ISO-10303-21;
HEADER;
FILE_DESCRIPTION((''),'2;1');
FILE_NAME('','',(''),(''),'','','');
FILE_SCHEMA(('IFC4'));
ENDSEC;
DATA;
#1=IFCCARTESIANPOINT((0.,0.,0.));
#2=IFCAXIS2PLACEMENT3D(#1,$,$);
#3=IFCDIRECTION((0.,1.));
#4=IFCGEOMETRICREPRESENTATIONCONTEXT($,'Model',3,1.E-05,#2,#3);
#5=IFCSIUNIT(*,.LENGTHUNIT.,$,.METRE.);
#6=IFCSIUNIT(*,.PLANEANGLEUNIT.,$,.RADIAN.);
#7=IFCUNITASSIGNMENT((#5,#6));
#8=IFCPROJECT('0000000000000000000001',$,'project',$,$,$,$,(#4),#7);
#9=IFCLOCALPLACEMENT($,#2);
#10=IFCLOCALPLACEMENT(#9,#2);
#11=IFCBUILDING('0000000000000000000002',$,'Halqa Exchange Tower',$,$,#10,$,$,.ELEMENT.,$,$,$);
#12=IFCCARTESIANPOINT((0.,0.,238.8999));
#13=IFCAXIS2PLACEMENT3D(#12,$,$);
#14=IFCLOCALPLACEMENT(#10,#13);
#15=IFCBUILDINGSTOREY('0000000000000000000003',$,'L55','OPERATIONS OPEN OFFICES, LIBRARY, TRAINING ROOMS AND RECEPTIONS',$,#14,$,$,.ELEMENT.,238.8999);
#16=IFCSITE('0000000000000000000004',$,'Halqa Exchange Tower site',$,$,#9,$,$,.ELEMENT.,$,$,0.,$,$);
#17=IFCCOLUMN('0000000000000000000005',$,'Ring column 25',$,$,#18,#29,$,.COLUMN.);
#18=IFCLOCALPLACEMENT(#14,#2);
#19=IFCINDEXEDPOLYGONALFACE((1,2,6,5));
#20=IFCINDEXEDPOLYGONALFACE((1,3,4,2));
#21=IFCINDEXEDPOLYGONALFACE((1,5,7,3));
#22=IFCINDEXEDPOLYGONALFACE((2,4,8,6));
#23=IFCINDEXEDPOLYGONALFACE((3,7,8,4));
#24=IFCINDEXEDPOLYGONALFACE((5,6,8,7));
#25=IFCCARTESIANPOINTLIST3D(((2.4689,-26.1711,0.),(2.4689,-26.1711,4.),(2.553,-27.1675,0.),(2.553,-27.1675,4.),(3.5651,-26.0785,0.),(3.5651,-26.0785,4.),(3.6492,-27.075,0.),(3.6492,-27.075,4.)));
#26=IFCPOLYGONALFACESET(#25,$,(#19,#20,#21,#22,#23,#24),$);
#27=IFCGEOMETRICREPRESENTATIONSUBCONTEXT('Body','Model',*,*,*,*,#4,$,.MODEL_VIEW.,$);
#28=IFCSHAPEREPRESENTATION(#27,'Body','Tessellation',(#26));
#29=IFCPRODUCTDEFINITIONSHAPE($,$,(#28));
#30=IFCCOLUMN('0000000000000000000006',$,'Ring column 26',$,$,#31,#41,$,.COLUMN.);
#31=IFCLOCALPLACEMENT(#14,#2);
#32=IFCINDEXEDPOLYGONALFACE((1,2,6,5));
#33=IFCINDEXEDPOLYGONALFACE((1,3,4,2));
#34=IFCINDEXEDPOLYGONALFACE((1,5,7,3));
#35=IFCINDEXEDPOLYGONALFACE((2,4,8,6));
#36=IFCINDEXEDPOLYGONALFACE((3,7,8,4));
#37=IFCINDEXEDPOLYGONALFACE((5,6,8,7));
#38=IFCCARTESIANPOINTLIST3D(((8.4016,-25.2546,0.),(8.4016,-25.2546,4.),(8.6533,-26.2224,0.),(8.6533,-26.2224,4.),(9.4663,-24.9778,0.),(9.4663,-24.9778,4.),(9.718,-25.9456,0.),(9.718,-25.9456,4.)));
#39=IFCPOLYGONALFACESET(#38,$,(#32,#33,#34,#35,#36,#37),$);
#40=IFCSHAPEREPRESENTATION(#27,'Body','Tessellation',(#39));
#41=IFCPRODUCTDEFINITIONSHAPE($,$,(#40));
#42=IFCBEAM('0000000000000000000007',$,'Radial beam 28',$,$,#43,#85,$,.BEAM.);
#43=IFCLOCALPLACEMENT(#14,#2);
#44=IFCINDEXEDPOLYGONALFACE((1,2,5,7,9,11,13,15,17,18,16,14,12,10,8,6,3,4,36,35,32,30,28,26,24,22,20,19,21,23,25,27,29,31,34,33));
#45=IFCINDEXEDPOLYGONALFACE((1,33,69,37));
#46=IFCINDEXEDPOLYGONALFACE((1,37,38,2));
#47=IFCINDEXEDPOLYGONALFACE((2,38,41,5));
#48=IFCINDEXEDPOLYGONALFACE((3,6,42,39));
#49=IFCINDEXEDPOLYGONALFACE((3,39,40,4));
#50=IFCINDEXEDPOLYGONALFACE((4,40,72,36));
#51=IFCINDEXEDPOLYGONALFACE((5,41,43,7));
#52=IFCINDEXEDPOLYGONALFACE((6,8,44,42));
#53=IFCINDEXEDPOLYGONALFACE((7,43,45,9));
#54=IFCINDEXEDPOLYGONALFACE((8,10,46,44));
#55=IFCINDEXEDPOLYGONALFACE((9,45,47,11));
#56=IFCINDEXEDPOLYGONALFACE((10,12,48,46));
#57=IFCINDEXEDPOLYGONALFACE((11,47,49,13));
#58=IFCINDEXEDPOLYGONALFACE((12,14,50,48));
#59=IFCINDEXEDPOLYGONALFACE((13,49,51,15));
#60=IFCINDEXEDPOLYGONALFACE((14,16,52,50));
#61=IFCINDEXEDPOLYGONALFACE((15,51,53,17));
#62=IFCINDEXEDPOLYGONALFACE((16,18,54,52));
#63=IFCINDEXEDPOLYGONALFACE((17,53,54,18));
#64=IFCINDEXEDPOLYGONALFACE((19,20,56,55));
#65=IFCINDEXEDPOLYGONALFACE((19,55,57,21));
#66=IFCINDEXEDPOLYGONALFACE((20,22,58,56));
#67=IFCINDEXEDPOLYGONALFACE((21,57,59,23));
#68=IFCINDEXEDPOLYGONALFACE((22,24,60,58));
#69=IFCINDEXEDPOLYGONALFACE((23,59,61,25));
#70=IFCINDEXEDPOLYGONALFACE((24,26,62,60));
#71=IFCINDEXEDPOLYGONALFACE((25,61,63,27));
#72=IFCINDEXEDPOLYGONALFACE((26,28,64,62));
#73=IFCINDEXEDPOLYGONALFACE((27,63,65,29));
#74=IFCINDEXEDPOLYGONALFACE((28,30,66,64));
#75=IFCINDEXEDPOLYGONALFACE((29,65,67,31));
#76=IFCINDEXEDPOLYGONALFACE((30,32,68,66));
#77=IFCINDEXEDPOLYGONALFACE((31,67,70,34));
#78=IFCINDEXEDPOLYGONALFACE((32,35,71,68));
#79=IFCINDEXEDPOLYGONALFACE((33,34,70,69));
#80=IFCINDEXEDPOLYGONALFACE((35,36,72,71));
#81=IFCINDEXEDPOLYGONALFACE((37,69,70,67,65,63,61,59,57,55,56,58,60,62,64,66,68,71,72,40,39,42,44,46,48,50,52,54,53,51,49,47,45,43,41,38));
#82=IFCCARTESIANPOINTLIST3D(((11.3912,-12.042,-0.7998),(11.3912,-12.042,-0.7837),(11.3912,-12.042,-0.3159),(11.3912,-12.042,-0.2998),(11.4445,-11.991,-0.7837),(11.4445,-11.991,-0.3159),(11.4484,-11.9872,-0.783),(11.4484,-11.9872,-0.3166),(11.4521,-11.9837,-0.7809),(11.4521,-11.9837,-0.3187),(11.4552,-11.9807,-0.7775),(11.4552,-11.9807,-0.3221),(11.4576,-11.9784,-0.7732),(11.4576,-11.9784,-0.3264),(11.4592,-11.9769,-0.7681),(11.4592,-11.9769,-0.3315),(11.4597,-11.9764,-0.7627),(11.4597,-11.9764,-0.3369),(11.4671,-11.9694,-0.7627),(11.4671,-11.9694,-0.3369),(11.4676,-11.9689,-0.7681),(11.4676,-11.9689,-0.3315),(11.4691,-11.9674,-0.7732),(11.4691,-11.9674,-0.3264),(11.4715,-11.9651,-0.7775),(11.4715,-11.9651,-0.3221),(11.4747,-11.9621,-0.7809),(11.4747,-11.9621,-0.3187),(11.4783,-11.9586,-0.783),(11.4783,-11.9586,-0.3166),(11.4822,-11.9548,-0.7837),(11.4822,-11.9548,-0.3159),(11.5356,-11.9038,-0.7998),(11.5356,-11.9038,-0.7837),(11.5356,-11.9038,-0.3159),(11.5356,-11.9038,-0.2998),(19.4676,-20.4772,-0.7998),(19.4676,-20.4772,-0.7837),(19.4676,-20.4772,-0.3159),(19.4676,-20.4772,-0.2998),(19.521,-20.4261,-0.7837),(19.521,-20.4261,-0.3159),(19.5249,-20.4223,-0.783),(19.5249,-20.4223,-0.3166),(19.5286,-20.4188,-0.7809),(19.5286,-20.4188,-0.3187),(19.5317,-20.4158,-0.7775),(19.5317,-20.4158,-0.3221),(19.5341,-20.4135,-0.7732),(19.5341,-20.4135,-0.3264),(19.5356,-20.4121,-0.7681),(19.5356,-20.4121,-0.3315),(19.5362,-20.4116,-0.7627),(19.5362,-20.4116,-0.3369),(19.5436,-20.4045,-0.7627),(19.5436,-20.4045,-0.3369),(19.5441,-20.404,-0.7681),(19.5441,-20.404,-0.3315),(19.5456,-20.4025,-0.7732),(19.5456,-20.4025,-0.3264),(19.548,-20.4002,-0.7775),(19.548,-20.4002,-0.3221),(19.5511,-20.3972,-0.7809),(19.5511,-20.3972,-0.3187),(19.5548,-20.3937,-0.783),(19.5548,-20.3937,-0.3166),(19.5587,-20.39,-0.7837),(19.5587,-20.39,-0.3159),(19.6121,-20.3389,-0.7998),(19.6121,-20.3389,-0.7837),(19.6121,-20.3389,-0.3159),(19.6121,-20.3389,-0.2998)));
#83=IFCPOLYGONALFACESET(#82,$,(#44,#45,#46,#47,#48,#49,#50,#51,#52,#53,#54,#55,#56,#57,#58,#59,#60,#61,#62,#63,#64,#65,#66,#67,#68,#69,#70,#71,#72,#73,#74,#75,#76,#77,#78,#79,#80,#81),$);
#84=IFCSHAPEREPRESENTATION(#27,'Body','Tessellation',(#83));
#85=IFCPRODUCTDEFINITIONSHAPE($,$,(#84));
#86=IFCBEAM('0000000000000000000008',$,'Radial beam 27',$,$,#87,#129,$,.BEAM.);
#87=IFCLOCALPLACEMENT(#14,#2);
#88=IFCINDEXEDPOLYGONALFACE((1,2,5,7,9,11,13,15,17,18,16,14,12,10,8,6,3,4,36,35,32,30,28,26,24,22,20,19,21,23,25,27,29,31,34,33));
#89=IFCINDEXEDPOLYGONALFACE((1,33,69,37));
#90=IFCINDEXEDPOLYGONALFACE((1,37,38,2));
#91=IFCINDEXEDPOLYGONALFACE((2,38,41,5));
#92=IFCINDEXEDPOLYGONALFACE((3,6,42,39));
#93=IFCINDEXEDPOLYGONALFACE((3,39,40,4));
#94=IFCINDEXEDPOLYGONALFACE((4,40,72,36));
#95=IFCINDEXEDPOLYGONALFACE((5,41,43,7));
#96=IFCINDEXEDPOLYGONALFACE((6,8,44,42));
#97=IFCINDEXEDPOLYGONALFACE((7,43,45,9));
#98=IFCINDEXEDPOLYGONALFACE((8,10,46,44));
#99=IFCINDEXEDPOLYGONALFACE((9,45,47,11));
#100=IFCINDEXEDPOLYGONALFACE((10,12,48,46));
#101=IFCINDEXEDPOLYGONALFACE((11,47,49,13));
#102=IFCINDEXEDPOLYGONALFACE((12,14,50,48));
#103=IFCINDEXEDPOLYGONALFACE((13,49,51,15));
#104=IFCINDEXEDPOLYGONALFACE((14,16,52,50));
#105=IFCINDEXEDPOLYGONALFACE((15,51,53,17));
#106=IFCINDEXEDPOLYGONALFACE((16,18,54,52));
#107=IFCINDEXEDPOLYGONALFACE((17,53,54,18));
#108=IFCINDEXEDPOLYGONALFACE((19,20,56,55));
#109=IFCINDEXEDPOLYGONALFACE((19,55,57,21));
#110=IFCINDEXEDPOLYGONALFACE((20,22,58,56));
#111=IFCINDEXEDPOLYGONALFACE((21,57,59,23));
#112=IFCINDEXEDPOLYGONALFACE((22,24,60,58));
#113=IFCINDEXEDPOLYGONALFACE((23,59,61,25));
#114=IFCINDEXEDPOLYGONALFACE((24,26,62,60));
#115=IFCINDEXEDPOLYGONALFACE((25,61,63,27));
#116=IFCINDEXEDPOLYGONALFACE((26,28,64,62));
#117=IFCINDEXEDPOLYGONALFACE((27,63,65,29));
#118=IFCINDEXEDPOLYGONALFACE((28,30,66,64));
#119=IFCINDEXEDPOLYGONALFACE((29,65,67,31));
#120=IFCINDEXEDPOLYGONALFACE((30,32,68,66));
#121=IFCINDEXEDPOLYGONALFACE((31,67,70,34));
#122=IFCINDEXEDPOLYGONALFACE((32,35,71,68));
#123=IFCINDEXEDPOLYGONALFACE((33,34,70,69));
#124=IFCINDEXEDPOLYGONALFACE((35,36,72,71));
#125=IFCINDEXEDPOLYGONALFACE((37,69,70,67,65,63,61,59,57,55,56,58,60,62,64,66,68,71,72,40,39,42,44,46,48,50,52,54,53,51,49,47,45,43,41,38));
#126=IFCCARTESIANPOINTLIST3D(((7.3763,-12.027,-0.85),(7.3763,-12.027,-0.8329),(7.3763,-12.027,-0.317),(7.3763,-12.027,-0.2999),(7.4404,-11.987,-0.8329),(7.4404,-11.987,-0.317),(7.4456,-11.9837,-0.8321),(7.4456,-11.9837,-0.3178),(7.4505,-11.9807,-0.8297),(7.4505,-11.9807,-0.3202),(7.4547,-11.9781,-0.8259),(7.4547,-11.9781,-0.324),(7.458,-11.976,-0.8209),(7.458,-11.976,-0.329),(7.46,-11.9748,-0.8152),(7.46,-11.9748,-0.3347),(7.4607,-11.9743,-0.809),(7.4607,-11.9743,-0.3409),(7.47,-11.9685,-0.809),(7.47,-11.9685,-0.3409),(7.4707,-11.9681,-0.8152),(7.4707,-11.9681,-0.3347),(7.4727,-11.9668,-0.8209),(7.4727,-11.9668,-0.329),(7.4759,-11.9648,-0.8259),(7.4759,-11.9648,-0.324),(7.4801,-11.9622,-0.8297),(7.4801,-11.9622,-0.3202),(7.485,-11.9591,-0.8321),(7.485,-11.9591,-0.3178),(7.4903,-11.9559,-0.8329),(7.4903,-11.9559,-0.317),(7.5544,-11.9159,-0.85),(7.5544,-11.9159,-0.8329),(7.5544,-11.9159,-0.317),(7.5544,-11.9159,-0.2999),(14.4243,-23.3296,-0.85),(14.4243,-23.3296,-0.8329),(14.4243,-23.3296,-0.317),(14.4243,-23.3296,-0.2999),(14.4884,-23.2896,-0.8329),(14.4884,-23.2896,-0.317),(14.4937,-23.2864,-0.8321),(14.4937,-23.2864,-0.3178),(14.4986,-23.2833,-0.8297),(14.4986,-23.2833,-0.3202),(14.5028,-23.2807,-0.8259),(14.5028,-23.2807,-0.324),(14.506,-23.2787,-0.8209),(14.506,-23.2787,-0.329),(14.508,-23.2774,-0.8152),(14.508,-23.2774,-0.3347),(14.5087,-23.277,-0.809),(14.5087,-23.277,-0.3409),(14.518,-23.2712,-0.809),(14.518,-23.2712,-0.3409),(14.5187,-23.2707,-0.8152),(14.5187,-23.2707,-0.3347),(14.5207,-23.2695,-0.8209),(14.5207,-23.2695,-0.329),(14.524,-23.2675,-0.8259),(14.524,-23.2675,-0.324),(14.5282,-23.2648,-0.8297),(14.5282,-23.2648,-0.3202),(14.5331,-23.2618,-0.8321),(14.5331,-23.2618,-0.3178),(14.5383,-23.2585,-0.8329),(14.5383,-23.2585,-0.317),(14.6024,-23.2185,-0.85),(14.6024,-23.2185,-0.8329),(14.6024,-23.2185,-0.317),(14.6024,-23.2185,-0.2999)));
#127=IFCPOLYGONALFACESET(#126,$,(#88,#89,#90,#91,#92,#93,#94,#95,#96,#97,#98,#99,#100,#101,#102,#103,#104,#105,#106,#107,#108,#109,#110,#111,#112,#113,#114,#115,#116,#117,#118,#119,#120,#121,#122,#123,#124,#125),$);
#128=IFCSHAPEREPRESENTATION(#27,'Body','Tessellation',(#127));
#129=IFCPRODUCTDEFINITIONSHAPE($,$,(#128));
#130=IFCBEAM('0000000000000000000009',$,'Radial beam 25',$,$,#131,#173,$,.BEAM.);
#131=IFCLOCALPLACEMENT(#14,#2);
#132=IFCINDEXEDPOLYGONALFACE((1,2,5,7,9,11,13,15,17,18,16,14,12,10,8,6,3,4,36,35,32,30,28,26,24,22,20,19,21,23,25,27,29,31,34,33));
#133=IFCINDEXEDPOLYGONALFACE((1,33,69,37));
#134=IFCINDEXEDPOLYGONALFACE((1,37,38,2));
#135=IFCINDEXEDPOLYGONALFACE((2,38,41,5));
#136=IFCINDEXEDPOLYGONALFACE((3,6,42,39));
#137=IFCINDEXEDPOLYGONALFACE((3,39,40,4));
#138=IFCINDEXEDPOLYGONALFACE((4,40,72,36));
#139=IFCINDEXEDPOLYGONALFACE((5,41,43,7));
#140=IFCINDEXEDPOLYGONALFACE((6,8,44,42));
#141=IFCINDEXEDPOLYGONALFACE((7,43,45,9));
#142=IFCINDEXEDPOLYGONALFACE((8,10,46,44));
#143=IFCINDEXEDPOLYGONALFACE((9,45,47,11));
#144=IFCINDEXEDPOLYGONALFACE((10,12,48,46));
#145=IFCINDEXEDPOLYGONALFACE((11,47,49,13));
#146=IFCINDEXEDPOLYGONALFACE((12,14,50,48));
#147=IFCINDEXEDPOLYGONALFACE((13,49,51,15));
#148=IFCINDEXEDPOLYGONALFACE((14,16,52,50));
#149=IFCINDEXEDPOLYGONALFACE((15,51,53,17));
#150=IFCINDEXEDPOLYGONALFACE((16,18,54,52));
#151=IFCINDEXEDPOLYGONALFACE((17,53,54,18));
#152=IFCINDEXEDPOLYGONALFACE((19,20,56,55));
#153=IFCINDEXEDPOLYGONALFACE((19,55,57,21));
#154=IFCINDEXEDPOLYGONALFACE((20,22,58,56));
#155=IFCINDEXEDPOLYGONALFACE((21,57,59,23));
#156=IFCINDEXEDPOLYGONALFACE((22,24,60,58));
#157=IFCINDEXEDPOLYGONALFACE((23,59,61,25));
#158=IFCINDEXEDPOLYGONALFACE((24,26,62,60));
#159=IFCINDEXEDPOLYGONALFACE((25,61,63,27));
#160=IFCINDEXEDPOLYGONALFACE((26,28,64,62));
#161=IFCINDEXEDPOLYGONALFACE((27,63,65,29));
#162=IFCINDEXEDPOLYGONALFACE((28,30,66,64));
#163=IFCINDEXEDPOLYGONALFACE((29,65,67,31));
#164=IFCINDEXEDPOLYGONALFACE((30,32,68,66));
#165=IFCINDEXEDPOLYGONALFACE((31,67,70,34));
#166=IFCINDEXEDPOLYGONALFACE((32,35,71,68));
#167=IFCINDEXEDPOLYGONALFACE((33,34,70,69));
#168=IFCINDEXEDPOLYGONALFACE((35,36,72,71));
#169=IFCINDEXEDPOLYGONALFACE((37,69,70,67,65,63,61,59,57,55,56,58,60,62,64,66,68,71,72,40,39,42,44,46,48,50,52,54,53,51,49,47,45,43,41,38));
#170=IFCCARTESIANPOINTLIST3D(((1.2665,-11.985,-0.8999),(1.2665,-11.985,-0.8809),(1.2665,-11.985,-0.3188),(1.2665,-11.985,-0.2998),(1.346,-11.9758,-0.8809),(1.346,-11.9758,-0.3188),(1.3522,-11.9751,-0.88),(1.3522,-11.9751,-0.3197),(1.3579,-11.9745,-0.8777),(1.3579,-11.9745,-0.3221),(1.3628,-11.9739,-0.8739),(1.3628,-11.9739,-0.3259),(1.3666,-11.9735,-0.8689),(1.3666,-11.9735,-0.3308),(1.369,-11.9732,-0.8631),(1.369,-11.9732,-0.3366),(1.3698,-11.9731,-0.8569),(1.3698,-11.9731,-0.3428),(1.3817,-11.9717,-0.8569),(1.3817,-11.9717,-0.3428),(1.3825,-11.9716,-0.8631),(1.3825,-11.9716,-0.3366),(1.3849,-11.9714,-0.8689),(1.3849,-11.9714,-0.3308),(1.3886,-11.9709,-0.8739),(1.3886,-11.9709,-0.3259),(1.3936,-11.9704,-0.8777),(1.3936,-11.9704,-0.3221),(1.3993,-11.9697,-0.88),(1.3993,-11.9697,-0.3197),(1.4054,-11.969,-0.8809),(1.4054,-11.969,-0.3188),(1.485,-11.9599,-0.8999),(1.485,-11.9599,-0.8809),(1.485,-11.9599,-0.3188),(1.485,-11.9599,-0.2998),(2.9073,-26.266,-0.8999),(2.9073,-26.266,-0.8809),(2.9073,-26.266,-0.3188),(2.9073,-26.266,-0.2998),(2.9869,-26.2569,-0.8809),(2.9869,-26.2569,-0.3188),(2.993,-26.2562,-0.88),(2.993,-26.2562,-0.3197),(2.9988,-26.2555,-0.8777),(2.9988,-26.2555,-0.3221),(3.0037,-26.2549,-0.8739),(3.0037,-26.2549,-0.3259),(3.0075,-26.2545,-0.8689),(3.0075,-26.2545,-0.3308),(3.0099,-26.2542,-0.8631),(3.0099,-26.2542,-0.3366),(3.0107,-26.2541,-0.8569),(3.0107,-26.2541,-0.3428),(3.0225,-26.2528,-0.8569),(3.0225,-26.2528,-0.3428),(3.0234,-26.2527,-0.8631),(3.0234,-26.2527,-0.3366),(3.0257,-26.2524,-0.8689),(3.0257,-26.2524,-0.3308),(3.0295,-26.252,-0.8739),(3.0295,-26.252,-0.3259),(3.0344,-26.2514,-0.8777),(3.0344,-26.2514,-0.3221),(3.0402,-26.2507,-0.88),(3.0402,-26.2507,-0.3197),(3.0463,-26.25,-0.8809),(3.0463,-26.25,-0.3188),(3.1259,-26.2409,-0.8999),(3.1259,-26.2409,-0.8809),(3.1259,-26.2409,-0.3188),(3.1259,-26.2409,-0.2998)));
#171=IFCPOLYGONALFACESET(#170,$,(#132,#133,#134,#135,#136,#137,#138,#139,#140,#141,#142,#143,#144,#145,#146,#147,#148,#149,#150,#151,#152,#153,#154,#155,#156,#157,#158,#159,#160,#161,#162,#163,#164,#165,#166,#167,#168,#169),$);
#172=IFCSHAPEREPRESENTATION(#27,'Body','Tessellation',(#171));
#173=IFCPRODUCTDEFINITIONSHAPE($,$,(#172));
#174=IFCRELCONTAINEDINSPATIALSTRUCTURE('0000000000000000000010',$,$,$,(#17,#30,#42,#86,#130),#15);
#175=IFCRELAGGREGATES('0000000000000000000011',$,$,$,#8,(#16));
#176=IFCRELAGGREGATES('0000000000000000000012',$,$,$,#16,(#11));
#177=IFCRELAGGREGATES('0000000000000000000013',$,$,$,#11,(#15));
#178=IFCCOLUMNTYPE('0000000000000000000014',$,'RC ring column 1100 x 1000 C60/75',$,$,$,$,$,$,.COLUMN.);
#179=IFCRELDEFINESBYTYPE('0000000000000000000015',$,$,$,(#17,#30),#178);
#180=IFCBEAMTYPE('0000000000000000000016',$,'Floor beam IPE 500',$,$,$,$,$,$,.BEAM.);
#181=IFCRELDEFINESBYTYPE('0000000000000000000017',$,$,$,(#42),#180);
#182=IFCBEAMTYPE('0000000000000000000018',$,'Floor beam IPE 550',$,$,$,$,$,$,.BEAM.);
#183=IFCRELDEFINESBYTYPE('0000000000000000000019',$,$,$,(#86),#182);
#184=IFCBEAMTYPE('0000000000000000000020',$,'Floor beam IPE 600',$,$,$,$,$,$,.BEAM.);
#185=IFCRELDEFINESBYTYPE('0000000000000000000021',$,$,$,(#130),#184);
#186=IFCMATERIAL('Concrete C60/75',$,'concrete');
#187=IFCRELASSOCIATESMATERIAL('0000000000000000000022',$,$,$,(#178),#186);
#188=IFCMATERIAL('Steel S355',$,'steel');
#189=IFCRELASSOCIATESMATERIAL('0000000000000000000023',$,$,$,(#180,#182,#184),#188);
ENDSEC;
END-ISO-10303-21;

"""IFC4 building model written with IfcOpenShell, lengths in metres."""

from ifc_helpers import new_model, si_unit, direction, frame, origin, origin_2d, place, context, subcontext, project, spatial, rectangle, i_section, extrude, material, material_profile, profile_set, type_object, element, save


model = new_model("IFC4")

# Units and contexts
model_context = context("Model", 3, precision=1e-05, world=origin(), true_north=direction((0.0, 1.0)))
body_context = subcontext(model_context, "Body", "Model", "MODEL_VIEW")
ifc_project = project(units=[si_unit("LENGTHUNIT", "METRE"), si_unit("PLANEANGLEUNIT", "RADIAN")], contexts=[model_context])

# Site, building, storey
site_placement = place(None, origin())
site = spatial("IfcSite", under=ifc_project, at=site_placement, Name="Halqa Exchange Tower site", CompositionType="ELEMENT", RefElevation=0.0)
building_placement = place(site_placement, origin())
building = spatial("IfcBuilding", under=site, at=building_placement, Name="Halqa Exchange Tower", CompositionType="ELEMENT")
storey_placement = place(building_placement, frame((0.0, 0.0, 238.8999)))
storey = spatial("IfcBuildingStorey", under=building, at=storey_placement, Name="L55", Description="OPERATIONS OPEN OFFICES, LIBRARY, TRAINING ROOMS AND RECEPTIONS", CompositionType="ELEMENT", Elevation=238.8999)

# Columns
ifc_material_1 = material(Name="Concrete C60/75", Category="concrete")
ifc_material_profile_1 = material_profile(ifc_material_1, rectangle(XDim=1.1001, YDim=1.0, at=origin_2d()), Name="1100 x 1000")
ifc_profile_set_1 = profile_set([ifc_material_profile_1], Name="Concrete C60/75")
column_type = type_object("IfcColumnType", Name="RC ring column 1100 x 1000 C60/75", PredefinedType="COLUMN", material=ifc_profile_set_1)
for number, where, z_axis, x_axis, name in (
    (1, (3.0591, -26.623, 0.0), (0.0, 0.0, 1.0), (0.996456, 0.084121, 0.0), "Ring column 25"),
    (2, (9.0598, -25.6001, 0.0), (0.0, 0.0, 1.0), (0.96782, 0.251645, 0.0), "Ring column 26"),
):
    element("IfcColumn", number, at=place(storey_placement, frame(where, z_axis=z_axis, x_axis=x_axis)), inside=storey, type_object=column_type, Name=name, PredefinedType="COLUMN", context=body_context, shape_type="SweptSolid", body=[
        extrude(rectangle(XDim=1.1001, YDim=1.0, at=origin_2d()), origin(), (0.0, 0.0, 1.0), 4.0),
    ])

# Beams
ifc_material_2 = material(Name="Steel S355", Category="steel")
ifc_material_profile_2 = material_profile(ifc_material_2, i_section(OverallWidth=0.2, OverallDepth=0.5, WebThickness=0.0103, FlangeThickness=0.0161, FilletRadius=0.021, at=origin_2d()), Name="IPE 500")
ifc_profile_set_2 = profile_set([ifc_material_profile_2], Name="Steel S355")
beam_type_1 = type_object("IfcBeamType", Name="Floor beam IPE 500", PredefinedType="BEAM", material=ifc_profile_set_2)
beam_1_placement = place(storey_placement, frame((11.4634, -11.9729, -0.5498), z_axis=(0.691585, -0.722295, 0.0), x_axis=(0.722295, 0.691585, 0.0)))
element("IfcBeam", 3, at=beam_1_placement, inside=storey, type_object=beam_type_1, Name="Radial beam 28", PredefinedType="BEAM", context=body_context, shape_type="SweptSolid", body=[
    extrude(i_section(OverallWidth=0.2, OverallDepth=0.5, WebThickness=0.0103, FlangeThickness=0.0161, FilletRadius=0.021, at=origin_2d()), origin(), (0.0, 0.0, 1.0), 11.6782),
])
ifc_material_profile_3 = material_profile(ifc_material_2, i_section(OverallWidth=0.21, OverallDepth=0.55, WebThickness=0.011, FlangeThickness=0.0171, FilletRadius=0.0239, at=origin_2d()), Name="IPE 550")
ifc_profile_set_3 = profile_set([ifc_material_profile_3], Name="Steel S355")
beam_type_2 = type_object("IfcBeamType", Name="Floor beam IPE 550", PredefinedType="BEAM", material=ifc_profile_set_3)
beam_2_placement = place(storey_placement, frame((7.4653, -11.9714, -0.575), z_axis=(0.529129, -0.848542, 0.0), x_axis=(0.848542, 0.529129, 0.0)))
element("IfcBeam", 4, at=beam_2_placement, inside=storey, type_object=beam_type_2, Name="Radial beam 27", PredefinedType="BEAM", context=body_context, shape_type="SweptSolid", body=[
    extrude(i_section(OverallWidth=0.21, OverallDepth=0.55, WebThickness=0.011, FlangeThickness=0.0171, FilletRadius=0.0239, at=origin_2d()), origin(), (0.0, 0.0, 1.0), 13.3201),
])
ifc_material_profile_4 = material_profile(ifc_material_2, i_section(OverallWidth=0.22, OverallDepth=0.6001, WebThickness=0.012, FlangeThickness=0.019, FilletRadius=0.0239, at=origin_2d()), Name="IPE 600")
ifc_profile_set_4 = profile_set([ifc_material_profile_4], Name="Steel S355")
beam_type_3 = type_object("IfcBeamType", Name="Floor beam IPE 600", PredefinedType="BEAM", material=ifc_profile_set_4)
beam_3_placement = place(storey_placement, frame((1.3757, -11.9724, -0.5999), z_axis=(0.114148, -0.993464, 0.0), x_axis=(0.993464, 0.114148, 0.0)))
element("IfcBeam", 5, at=beam_3_placement, inside=storey, type_object=beam_type_3, Name="Radial beam 25", PredefinedType="BEAM", context=body_context, shape_type="SweptSolid", body=[
    extrude(i_section(OverallWidth=0.22, OverallDepth=0.6001, WebThickness=0.012, FlangeThickness=0.019, FilletRadius=0.0239, at=origin_2d()), origin(), (0.0, 0.0, 1.0), 14.375),
])

save(model, "model.ifc")
